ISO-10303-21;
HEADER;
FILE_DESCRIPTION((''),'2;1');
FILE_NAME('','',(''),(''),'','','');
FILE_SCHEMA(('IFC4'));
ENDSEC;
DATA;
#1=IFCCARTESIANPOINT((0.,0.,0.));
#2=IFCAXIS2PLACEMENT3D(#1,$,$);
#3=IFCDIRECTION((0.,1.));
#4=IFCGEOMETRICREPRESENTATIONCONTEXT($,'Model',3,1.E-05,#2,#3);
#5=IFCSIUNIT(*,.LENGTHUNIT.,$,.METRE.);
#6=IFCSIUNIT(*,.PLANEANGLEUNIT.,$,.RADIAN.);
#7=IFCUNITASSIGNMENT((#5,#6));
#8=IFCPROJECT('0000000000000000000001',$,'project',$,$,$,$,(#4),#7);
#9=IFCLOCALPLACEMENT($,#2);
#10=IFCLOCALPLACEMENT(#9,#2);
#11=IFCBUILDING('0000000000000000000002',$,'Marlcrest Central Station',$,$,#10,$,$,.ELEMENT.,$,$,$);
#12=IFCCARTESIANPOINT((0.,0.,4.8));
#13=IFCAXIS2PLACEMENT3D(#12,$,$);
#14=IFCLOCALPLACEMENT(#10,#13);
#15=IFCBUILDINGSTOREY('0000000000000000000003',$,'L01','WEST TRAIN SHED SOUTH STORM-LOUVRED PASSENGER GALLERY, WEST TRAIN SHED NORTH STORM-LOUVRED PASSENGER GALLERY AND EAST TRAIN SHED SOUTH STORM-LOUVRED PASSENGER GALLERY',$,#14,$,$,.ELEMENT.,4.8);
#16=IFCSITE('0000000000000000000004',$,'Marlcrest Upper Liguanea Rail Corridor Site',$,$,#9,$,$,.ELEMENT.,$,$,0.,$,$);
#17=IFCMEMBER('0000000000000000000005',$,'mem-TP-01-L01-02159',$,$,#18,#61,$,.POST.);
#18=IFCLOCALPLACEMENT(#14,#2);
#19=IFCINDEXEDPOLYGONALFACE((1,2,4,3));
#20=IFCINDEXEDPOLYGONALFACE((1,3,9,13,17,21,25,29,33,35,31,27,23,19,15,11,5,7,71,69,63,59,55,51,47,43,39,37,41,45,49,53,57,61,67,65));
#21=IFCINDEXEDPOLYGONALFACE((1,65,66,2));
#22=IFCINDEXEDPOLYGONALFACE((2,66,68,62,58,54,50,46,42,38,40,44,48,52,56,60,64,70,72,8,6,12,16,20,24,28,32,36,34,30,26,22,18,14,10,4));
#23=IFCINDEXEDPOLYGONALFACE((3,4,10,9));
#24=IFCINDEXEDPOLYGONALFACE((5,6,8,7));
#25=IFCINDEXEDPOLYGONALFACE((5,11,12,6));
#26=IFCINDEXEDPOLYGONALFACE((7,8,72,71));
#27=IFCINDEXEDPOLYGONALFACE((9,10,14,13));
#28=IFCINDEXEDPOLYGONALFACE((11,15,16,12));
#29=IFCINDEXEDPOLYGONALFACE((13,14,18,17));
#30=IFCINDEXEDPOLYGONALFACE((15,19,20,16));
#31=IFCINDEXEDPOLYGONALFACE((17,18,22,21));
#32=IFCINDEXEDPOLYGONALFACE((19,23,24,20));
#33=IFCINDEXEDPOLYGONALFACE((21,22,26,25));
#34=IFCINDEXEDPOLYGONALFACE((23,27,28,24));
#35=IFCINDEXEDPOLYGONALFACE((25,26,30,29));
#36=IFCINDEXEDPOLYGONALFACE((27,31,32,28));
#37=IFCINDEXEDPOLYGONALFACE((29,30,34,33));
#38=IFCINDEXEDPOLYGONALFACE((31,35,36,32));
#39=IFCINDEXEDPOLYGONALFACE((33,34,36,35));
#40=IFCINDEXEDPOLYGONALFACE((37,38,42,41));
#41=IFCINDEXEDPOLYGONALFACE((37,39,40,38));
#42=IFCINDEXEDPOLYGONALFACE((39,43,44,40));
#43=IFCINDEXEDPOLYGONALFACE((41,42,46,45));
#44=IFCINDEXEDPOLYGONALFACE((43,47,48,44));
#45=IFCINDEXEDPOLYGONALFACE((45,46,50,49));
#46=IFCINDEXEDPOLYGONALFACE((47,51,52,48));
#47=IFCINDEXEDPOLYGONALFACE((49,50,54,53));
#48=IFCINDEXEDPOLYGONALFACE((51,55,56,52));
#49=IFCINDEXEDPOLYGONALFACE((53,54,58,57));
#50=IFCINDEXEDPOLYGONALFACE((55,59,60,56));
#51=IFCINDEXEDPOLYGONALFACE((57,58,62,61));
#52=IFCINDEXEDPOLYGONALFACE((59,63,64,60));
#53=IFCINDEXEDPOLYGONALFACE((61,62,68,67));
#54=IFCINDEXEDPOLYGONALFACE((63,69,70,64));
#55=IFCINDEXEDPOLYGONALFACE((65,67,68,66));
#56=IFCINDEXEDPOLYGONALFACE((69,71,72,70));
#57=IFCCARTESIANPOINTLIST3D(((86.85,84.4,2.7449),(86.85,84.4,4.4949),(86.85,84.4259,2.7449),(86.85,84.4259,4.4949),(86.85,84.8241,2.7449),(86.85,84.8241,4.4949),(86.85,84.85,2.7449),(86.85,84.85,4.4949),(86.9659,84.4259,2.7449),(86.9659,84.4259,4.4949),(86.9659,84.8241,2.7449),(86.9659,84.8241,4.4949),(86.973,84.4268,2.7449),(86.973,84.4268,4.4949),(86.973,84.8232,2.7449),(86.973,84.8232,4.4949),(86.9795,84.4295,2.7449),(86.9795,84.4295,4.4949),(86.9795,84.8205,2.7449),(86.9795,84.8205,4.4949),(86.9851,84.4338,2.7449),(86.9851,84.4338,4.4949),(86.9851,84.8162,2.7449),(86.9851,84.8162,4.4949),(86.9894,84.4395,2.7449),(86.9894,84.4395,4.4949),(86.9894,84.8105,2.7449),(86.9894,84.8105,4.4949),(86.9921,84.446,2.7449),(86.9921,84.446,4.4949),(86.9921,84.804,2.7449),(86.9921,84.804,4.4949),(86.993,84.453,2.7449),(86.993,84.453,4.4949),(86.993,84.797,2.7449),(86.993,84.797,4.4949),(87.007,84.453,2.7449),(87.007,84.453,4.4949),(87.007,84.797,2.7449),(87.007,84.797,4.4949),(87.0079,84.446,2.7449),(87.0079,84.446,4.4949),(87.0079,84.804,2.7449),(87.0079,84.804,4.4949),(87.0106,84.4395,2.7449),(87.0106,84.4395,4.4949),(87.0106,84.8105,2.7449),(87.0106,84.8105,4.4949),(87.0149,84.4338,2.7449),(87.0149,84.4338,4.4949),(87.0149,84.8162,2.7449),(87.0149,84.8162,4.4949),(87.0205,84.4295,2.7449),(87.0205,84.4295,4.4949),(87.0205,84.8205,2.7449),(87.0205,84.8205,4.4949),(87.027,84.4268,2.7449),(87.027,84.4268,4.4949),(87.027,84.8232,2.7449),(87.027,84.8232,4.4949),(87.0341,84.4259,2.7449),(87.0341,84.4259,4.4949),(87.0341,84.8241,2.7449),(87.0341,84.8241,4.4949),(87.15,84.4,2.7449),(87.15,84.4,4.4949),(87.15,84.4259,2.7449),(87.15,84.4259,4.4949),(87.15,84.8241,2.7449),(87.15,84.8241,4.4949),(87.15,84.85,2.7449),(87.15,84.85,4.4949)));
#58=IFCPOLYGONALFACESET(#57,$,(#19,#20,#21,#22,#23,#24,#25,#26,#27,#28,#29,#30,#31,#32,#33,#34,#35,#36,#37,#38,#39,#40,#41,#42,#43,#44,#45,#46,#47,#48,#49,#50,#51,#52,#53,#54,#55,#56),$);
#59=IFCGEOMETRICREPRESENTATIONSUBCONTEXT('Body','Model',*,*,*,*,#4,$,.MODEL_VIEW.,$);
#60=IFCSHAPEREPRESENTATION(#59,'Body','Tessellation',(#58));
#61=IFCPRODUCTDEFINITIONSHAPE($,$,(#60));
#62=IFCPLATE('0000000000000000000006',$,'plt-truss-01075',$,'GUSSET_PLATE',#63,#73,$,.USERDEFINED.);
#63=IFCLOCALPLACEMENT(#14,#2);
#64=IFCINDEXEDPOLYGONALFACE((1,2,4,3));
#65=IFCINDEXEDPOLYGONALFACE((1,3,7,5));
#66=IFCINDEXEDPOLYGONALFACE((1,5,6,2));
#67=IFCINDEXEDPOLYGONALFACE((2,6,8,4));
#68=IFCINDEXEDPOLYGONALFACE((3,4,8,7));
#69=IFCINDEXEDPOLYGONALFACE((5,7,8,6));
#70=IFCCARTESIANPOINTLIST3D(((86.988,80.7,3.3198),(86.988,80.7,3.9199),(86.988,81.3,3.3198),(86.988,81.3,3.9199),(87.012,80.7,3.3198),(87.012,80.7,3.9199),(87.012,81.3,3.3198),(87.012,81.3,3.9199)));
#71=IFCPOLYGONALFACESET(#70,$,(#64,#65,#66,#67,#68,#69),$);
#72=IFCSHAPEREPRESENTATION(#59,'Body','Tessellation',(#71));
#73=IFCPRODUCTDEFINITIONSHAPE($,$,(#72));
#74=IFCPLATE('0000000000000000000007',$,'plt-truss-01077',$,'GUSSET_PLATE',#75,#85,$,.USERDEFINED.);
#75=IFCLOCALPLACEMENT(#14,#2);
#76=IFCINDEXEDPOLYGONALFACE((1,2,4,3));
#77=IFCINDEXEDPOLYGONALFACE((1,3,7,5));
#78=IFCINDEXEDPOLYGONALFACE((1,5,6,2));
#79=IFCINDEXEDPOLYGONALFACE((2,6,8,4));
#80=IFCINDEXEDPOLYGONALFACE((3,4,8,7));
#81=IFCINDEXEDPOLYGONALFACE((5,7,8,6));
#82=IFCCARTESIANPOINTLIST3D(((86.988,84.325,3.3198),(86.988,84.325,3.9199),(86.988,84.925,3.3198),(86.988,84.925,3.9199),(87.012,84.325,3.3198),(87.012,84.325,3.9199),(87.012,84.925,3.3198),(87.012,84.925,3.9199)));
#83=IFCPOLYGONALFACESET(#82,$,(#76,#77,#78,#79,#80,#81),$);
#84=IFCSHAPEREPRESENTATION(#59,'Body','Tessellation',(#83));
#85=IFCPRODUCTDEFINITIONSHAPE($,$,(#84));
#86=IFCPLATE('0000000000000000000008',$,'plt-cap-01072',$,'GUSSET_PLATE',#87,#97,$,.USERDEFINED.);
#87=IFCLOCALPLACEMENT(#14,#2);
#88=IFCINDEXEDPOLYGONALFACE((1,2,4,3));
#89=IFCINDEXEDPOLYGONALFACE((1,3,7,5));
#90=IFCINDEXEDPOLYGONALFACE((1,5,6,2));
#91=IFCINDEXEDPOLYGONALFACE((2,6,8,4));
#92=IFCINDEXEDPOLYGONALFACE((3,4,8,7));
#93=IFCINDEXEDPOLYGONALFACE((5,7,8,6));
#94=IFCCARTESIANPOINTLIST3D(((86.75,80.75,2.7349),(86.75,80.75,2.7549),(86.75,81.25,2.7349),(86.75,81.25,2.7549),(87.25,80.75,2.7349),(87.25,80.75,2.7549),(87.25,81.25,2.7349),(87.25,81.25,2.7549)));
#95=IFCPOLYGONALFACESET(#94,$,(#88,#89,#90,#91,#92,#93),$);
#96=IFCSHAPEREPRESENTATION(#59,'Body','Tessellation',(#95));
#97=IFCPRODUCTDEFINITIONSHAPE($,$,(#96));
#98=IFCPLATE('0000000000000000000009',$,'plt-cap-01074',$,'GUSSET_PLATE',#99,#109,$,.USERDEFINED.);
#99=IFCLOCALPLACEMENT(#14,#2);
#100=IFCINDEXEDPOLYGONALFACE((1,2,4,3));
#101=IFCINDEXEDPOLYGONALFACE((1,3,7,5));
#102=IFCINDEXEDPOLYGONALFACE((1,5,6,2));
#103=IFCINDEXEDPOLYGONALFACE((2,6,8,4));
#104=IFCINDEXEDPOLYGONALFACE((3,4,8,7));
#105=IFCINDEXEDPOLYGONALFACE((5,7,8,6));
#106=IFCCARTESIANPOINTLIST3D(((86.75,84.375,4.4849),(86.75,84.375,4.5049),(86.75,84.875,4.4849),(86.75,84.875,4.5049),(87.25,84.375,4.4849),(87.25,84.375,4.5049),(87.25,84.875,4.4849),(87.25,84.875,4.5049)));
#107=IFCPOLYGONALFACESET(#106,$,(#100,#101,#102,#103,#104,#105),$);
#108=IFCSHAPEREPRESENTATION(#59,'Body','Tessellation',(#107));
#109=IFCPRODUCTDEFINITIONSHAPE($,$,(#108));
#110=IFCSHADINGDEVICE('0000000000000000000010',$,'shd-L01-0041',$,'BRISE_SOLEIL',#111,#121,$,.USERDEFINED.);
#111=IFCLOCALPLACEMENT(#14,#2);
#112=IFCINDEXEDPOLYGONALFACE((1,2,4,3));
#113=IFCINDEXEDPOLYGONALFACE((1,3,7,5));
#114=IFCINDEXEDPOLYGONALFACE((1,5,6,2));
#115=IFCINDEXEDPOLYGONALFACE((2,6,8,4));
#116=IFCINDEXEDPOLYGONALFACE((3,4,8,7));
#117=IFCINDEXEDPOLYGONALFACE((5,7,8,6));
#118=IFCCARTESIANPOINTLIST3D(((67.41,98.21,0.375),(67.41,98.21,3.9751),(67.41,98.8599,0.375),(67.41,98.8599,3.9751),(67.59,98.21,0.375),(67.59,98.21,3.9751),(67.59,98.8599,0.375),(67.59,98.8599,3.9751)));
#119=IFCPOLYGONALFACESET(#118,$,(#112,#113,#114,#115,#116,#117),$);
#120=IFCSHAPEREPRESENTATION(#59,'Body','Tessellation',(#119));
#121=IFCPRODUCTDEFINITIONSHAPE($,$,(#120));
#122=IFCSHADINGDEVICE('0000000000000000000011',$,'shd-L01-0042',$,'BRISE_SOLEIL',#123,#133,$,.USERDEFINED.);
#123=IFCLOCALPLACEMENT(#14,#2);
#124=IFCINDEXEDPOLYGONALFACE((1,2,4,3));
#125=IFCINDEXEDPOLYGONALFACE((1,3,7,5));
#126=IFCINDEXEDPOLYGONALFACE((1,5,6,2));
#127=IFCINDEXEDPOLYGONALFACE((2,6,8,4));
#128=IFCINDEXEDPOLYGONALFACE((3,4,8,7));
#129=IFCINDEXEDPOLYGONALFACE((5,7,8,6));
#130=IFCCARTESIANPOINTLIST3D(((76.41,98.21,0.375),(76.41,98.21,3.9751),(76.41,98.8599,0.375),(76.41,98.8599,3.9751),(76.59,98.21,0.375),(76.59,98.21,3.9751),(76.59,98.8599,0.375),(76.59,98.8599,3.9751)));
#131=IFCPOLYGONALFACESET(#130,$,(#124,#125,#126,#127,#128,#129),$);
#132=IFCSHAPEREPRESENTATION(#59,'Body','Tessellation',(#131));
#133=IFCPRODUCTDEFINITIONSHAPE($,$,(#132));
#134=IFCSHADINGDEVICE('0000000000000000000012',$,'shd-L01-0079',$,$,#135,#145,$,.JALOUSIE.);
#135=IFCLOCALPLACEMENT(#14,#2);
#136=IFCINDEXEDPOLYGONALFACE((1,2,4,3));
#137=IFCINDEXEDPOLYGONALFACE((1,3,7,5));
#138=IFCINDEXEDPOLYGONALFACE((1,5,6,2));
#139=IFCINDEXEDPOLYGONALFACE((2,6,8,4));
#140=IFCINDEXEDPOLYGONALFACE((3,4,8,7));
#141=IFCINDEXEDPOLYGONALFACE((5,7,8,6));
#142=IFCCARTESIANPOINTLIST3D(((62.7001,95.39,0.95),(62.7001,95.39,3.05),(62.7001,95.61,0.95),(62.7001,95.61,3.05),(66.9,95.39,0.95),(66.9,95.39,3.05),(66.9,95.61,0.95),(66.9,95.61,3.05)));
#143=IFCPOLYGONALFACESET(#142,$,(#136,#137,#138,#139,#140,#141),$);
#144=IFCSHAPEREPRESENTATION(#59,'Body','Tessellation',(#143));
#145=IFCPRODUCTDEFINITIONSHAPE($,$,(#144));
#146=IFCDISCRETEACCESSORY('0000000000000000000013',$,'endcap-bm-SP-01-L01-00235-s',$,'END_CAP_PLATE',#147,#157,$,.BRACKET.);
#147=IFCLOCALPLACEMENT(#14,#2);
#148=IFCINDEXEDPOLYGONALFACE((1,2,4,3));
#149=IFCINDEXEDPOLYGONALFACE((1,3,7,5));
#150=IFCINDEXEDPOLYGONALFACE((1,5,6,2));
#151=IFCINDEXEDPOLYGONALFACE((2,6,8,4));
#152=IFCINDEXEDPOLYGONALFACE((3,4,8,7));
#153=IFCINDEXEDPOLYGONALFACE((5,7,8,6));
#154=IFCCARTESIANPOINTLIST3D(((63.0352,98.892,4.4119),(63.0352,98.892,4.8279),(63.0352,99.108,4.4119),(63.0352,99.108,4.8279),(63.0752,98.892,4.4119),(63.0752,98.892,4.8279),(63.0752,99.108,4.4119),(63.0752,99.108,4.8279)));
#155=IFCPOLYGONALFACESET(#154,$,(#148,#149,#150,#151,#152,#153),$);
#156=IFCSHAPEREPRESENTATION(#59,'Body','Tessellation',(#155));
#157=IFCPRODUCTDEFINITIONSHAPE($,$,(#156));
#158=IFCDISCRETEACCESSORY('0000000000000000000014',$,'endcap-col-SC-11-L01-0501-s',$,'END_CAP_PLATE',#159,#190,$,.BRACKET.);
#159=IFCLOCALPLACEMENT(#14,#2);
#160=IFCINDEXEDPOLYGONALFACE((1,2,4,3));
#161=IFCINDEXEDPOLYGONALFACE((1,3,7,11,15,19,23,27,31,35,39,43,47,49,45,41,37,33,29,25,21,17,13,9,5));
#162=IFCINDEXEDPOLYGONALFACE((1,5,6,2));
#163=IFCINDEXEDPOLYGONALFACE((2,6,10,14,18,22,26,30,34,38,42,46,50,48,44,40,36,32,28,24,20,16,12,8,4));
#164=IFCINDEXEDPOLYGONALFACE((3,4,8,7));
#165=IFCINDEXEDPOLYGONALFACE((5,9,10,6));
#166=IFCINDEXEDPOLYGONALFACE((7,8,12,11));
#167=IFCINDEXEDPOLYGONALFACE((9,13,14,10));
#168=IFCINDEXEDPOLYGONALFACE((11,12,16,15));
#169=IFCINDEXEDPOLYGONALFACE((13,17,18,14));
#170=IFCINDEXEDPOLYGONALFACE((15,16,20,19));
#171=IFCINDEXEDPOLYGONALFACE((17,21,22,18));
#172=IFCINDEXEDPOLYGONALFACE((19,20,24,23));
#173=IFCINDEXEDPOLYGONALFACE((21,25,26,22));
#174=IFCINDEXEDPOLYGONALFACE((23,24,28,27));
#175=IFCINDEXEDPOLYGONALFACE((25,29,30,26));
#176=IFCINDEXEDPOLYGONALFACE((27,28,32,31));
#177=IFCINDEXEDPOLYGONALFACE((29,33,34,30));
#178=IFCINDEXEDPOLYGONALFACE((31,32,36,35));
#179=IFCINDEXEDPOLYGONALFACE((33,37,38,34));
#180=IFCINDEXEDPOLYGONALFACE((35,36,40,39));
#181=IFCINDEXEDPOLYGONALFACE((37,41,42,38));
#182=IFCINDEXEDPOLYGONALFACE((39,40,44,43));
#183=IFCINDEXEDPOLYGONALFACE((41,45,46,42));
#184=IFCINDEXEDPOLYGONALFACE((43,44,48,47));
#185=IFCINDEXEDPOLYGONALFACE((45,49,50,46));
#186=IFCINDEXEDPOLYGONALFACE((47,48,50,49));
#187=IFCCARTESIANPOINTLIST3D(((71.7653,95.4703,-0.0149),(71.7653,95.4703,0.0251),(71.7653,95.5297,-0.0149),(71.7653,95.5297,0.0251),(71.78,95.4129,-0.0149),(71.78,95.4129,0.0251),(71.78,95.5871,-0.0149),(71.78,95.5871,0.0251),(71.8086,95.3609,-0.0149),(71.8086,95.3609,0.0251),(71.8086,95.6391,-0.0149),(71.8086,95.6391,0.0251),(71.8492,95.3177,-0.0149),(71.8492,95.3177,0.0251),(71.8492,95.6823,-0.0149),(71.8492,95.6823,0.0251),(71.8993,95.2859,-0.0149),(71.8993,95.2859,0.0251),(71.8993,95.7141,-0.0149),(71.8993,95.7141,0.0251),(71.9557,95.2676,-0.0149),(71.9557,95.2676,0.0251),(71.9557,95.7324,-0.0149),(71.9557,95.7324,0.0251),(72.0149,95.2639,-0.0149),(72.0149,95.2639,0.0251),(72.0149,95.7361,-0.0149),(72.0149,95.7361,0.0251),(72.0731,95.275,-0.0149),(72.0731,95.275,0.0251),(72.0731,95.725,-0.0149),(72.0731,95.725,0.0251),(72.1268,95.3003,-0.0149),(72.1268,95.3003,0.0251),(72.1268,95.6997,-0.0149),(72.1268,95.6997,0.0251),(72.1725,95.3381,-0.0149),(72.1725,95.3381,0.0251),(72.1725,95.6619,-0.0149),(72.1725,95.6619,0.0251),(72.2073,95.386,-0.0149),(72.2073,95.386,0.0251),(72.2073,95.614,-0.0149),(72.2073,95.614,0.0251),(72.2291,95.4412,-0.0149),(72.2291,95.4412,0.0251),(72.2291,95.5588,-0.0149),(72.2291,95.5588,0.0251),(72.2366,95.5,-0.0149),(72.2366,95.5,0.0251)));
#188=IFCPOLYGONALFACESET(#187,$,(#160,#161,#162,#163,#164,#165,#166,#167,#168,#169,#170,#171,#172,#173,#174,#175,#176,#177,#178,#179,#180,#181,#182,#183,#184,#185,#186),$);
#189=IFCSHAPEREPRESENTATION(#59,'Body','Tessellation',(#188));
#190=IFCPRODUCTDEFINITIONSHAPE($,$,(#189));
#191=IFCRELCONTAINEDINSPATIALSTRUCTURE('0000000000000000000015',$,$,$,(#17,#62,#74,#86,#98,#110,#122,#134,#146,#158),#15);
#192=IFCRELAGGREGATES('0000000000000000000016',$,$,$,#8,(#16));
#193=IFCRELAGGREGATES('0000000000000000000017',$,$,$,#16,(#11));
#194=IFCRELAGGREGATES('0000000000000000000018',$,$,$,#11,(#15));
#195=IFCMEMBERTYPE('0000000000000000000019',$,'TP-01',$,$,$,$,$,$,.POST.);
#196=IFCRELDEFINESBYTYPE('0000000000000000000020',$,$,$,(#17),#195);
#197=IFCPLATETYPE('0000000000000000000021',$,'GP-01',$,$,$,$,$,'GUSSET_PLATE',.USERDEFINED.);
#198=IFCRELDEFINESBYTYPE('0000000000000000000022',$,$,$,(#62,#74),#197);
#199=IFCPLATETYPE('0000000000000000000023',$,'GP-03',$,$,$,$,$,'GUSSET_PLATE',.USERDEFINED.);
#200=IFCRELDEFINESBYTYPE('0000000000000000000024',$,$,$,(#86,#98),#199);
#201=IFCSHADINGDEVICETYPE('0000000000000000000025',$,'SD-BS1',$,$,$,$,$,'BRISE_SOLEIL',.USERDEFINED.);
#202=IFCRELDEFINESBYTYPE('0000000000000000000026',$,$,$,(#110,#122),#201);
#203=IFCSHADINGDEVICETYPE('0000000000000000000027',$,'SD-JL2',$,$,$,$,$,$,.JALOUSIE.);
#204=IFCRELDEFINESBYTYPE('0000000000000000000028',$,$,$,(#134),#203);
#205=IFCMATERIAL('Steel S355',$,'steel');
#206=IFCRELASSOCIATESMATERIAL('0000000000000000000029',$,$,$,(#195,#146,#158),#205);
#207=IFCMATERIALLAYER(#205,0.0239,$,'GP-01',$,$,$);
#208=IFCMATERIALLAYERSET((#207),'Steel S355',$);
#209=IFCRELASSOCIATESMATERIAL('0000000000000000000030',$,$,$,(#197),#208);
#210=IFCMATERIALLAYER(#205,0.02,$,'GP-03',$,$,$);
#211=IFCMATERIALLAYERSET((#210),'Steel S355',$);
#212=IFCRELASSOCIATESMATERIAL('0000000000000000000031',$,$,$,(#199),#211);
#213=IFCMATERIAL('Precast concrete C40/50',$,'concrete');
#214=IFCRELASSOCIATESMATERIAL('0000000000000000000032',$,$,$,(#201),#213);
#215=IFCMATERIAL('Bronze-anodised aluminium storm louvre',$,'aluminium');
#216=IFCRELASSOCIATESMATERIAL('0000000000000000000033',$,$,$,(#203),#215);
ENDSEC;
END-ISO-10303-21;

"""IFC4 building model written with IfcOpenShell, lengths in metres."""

from ifc_helpers import new_model, si_unit, direction, frame, origin, origin_2d, place, context, subcontext, project, spatial, rectangle, circle, i_section, extrude, material, layer, layer_set, material_profile, profile_set, type_object, element, save


model = new_model("IFC4")

# Units and contexts
model_context = context("Model", 3, precision=1e-05, world=origin(), true_north=direction((0.0, 1.0)))
body_context = subcontext(model_context, "Body", "Model", "MODEL_VIEW")
ifc_project = project(units=[si_unit("LENGTHUNIT", "METRE"), si_unit("PLANEANGLEUNIT", "RADIAN")], contexts=[model_context])

# Site, building, storey
site_placement = place(None, origin())
site = spatial("IfcSite", under=ifc_project, at=site_placement, Name="Marlcrest Upper Liguanea Rail Corridor Site", CompositionType="ELEMENT", RefElevation=0.0)
building_placement = place(site_placement, origin())
building = spatial("IfcBuilding", under=site, at=building_placement, Name="Marlcrest Central Station", CompositionType="ELEMENT")
storey_placement = place(building_placement, frame((0.0, 0.0, 4.8)))
storey = spatial("IfcBuildingStorey", under=building, at=storey_placement, Name="L01", Description="WEST TRAIN SHED SOUTH STORM-LOUVRED PASSENGER GALLERY, WEST TRAIN SHED NORTH STORM-LOUVRED PASSENGER GALLERY AND EAST TRAIN SHED SOUTH STORM-LOUVRED PASSENGER GALLERY", CompositionType="ELEMENT", Elevation=4.8)

# Shared definitions
ifc_material_1 = material(Name="Steel S355", Category="steel")

# Member
ifc_material_profile_1 = material_profile(ifc_material_1, i_section(OverallWidth=0.3, OverallDepth=0.45, WebThickness=0.0139, FlangeThickness=0.0259, FilletRadius=0.0271, at=origin_2d()), Name="HEB 450")
ifc_profile_set_1 = profile_set([ifc_material_profile_1], Name="Steel S355")
member_type_1 = type_object("IfcMemberType", Name="TP-01", PredefinedType="POST", material=ifc_profile_set_1)
for number, where, z_axis, x_axis, name in (
    (1, (87.0, 84.625, 2.7449), (0.0, 0.0, 1.0), (1.0, 0.0, 0.0), "mem-TP-01-L01-02159"),
):
    element("IfcMember", number, at=place(storey_placement, frame(where, z_axis=z_axis, x_axis=x_axis)), inside=storey, type_object=member_type_1, Name=name, PredefinedType="POST", context=body_context, shape_type="SweptSolid", body=[
        extrude(i_section(OverallWidth=0.3, OverallDepth=0.45, WebThickness=0.0139, FlangeThickness=0.0259, FilletRadius=0.0271, at=origin_2d()), origin(), (0.0, 0.0, 1.0), 1.75),
    ])

# Plates
ifc_layer_1 = layer(ifc_material_1, 0.0239, Name="GP-01")
ifc_layer_set_1 = layer_set([ifc_layer_1], Name="Steel S355")
plate_type_1 = type_object("IfcPlateType", Name="GP-01", ElementType="GUSSET_PLATE", PredefinedType="USERDEFINED", material=ifc_layer_set_1)
for number, where, z_axis, x_axis, name in (
    (2, (87.0, 81.0, 3.3198), (0.0, 0.0, 1.0), (1.0, 0.0, 0.0), "plt-truss-01075"),
    (3, (87.0, 84.625, 3.3198), (0.0, 0.0, 1.0), (1.0, 0.0, 0.0), "plt-truss-01077"),
):
    element("IfcPlate", number, at=place(storey_placement, frame(where, z_axis=z_axis, x_axis=x_axis)), inside=storey, type_object=plate_type_1, Name=name, ObjectType="GUSSET_PLATE", PredefinedType="USERDEFINED", context=body_context, shape_type="SweptSolid", body=[
        extrude(rectangle(XDim=0.0239, YDim=0.6001, at=origin_2d()), origin(), (0.0, 0.0, 1.0), 0.6001),
    ])
ifc_layer_2 = layer(ifc_material_1, 0.02, Name="GP-03")
ifc_layer_set_2 = layer_set([ifc_layer_2], Name="Steel S355")
plate_type_2 = type_object("IfcPlateType", Name="GP-03", ElementType="GUSSET_PLATE", PredefinedType="USERDEFINED", material=ifc_layer_set_2)
for number, where, z_axis, x_axis, name in (
    (4, (87.0, 81.0, 2.7349), (0.0, 0.0, 1.0), (1.0, 0.0, 0.0), "plt-cap-01072"),
    (5, (87.0, 84.625, 4.4849), (0.0, 0.0, 1.0), (1.0, 0.0, 0.0), "plt-cap-01074"),
):
    element("IfcPlate", number, at=place(storey_placement, frame(where, z_axis=z_axis, x_axis=x_axis)), inside=storey, type_object=plate_type_2, Name=name, ObjectType="GUSSET_PLATE", PredefinedType="USERDEFINED", context=body_context, shape_type="SweptSolid", body=[
        extrude(rectangle(XDim=0.5, YDim=0.5, at=origin_2d()), origin(), (0.0, 0.0, 1.0), 0.02),
    ])

# Shading devices
ifc_material_2 = material(Name="Precast concrete C40/50", Category="concrete")
shading_device_type_1 = type_object("IfcShadingDeviceType", Name="SD-BS1", ElementType="BRISE_SOLEIL", PredefinedType="USERDEFINED", material=ifc_material_2)
for number, where, z_axis, x_axis, name in (
    (6, (67.5, 98.5349, 0.375), (0.0, 0.0, 1.0), (1.0, 0.0, 0.0), "shd-L01-0041"),
    (7, (76.5, 98.5349, 0.375), (0.0, 0.0, 1.0), (1.0, 0.0, 0.0), "shd-L01-0042"),
):
    element("IfcShadingDevice", number, at=place(storey_placement, frame(where, z_axis=z_axis, x_axis=x_axis)), inside=storey, type_object=shading_device_type_1, Name=name, ObjectType="BRISE_SOLEIL", PredefinedType="USERDEFINED", context=body_context, shape_type="SweptSolid", body=[
        extrude(rectangle(XDim=0.1799, YDim=0.6499, at=origin_2d()), origin(), (0.0, 0.0, 1.0), 3.6001),
    ])
ifc_material_3 = material(Name="Bronze-anodised aluminium storm louvre", Category="aluminium")
shading_device_type_2 = type_object("IfcShadingDeviceType", Name="SD-JL2", PredefinedType="JALOUSIE", material=ifc_material_3)
shading_device_placement = place(storey_placement, frame((64.8, 95.5, 0.95), z_axis=(0.0, 0.0, 1.0), x_axis=(1.0, 0.0, 0.0)))
element("IfcShadingDevice", 8, at=shading_device_placement, inside=storey, type_object=shading_device_type_2, Name="shd-L01-0079", PredefinedType="JALOUSIE", context=body_context, shape_type="SweptSolid", body=[
    extrude(rectangle(XDim=4.2, YDim=0.22, at=origin_2d()), origin(), (0.0, 0.0, 1.0), 2.1001),
])

# Discrete accessories
discrete_accessory_placement = place(storey_placement, frame((63.0352, 99.0, 4.6199), z_axis=(1.0, 0.0, 0.0), x_axis=(0.0, 1.0, 0.0)))
element("IfcDiscreteAccessory", 9, at=discrete_accessory_placement, inside=storey, material=ifc_material_1, Name="endcap-bm-SP-01-L01-00235-s", ObjectType="END_CAP_PLATE", PredefinedType="BRACKET", context=body_context, shape_type="SweptSolid", body=[
    extrude(rectangle(XDim=0.2161, YDim=0.416, at=origin_2d()), origin(), (0.0, 0.0, 1.0), 0.04),
])
for number, where, z_axis, x_axis, name in (
    (10, (72.0, 95.5, -0.0149), (0.0, 0.0, 1.0), (1.0, 0.0, 0.0), "endcap-col-SC-11-L01-0501-s"),
):
    element("IfcDiscreteAccessory", number, at=place(storey_placement, frame(where, z_axis=z_axis, x_axis=x_axis)), inside=storey, material=ifc_material_1, Name=name, ObjectType="END_CAP_PLATE", PredefinedType="BRACKET", context=body_context, shape_type="SweptSolid", body=[
        extrude(circle(Radius=0.2366, at=origin_2d()), origin(), (0.0, 0.0, 1.0), 0.04),
    ])

save(model, "model.ifc")
